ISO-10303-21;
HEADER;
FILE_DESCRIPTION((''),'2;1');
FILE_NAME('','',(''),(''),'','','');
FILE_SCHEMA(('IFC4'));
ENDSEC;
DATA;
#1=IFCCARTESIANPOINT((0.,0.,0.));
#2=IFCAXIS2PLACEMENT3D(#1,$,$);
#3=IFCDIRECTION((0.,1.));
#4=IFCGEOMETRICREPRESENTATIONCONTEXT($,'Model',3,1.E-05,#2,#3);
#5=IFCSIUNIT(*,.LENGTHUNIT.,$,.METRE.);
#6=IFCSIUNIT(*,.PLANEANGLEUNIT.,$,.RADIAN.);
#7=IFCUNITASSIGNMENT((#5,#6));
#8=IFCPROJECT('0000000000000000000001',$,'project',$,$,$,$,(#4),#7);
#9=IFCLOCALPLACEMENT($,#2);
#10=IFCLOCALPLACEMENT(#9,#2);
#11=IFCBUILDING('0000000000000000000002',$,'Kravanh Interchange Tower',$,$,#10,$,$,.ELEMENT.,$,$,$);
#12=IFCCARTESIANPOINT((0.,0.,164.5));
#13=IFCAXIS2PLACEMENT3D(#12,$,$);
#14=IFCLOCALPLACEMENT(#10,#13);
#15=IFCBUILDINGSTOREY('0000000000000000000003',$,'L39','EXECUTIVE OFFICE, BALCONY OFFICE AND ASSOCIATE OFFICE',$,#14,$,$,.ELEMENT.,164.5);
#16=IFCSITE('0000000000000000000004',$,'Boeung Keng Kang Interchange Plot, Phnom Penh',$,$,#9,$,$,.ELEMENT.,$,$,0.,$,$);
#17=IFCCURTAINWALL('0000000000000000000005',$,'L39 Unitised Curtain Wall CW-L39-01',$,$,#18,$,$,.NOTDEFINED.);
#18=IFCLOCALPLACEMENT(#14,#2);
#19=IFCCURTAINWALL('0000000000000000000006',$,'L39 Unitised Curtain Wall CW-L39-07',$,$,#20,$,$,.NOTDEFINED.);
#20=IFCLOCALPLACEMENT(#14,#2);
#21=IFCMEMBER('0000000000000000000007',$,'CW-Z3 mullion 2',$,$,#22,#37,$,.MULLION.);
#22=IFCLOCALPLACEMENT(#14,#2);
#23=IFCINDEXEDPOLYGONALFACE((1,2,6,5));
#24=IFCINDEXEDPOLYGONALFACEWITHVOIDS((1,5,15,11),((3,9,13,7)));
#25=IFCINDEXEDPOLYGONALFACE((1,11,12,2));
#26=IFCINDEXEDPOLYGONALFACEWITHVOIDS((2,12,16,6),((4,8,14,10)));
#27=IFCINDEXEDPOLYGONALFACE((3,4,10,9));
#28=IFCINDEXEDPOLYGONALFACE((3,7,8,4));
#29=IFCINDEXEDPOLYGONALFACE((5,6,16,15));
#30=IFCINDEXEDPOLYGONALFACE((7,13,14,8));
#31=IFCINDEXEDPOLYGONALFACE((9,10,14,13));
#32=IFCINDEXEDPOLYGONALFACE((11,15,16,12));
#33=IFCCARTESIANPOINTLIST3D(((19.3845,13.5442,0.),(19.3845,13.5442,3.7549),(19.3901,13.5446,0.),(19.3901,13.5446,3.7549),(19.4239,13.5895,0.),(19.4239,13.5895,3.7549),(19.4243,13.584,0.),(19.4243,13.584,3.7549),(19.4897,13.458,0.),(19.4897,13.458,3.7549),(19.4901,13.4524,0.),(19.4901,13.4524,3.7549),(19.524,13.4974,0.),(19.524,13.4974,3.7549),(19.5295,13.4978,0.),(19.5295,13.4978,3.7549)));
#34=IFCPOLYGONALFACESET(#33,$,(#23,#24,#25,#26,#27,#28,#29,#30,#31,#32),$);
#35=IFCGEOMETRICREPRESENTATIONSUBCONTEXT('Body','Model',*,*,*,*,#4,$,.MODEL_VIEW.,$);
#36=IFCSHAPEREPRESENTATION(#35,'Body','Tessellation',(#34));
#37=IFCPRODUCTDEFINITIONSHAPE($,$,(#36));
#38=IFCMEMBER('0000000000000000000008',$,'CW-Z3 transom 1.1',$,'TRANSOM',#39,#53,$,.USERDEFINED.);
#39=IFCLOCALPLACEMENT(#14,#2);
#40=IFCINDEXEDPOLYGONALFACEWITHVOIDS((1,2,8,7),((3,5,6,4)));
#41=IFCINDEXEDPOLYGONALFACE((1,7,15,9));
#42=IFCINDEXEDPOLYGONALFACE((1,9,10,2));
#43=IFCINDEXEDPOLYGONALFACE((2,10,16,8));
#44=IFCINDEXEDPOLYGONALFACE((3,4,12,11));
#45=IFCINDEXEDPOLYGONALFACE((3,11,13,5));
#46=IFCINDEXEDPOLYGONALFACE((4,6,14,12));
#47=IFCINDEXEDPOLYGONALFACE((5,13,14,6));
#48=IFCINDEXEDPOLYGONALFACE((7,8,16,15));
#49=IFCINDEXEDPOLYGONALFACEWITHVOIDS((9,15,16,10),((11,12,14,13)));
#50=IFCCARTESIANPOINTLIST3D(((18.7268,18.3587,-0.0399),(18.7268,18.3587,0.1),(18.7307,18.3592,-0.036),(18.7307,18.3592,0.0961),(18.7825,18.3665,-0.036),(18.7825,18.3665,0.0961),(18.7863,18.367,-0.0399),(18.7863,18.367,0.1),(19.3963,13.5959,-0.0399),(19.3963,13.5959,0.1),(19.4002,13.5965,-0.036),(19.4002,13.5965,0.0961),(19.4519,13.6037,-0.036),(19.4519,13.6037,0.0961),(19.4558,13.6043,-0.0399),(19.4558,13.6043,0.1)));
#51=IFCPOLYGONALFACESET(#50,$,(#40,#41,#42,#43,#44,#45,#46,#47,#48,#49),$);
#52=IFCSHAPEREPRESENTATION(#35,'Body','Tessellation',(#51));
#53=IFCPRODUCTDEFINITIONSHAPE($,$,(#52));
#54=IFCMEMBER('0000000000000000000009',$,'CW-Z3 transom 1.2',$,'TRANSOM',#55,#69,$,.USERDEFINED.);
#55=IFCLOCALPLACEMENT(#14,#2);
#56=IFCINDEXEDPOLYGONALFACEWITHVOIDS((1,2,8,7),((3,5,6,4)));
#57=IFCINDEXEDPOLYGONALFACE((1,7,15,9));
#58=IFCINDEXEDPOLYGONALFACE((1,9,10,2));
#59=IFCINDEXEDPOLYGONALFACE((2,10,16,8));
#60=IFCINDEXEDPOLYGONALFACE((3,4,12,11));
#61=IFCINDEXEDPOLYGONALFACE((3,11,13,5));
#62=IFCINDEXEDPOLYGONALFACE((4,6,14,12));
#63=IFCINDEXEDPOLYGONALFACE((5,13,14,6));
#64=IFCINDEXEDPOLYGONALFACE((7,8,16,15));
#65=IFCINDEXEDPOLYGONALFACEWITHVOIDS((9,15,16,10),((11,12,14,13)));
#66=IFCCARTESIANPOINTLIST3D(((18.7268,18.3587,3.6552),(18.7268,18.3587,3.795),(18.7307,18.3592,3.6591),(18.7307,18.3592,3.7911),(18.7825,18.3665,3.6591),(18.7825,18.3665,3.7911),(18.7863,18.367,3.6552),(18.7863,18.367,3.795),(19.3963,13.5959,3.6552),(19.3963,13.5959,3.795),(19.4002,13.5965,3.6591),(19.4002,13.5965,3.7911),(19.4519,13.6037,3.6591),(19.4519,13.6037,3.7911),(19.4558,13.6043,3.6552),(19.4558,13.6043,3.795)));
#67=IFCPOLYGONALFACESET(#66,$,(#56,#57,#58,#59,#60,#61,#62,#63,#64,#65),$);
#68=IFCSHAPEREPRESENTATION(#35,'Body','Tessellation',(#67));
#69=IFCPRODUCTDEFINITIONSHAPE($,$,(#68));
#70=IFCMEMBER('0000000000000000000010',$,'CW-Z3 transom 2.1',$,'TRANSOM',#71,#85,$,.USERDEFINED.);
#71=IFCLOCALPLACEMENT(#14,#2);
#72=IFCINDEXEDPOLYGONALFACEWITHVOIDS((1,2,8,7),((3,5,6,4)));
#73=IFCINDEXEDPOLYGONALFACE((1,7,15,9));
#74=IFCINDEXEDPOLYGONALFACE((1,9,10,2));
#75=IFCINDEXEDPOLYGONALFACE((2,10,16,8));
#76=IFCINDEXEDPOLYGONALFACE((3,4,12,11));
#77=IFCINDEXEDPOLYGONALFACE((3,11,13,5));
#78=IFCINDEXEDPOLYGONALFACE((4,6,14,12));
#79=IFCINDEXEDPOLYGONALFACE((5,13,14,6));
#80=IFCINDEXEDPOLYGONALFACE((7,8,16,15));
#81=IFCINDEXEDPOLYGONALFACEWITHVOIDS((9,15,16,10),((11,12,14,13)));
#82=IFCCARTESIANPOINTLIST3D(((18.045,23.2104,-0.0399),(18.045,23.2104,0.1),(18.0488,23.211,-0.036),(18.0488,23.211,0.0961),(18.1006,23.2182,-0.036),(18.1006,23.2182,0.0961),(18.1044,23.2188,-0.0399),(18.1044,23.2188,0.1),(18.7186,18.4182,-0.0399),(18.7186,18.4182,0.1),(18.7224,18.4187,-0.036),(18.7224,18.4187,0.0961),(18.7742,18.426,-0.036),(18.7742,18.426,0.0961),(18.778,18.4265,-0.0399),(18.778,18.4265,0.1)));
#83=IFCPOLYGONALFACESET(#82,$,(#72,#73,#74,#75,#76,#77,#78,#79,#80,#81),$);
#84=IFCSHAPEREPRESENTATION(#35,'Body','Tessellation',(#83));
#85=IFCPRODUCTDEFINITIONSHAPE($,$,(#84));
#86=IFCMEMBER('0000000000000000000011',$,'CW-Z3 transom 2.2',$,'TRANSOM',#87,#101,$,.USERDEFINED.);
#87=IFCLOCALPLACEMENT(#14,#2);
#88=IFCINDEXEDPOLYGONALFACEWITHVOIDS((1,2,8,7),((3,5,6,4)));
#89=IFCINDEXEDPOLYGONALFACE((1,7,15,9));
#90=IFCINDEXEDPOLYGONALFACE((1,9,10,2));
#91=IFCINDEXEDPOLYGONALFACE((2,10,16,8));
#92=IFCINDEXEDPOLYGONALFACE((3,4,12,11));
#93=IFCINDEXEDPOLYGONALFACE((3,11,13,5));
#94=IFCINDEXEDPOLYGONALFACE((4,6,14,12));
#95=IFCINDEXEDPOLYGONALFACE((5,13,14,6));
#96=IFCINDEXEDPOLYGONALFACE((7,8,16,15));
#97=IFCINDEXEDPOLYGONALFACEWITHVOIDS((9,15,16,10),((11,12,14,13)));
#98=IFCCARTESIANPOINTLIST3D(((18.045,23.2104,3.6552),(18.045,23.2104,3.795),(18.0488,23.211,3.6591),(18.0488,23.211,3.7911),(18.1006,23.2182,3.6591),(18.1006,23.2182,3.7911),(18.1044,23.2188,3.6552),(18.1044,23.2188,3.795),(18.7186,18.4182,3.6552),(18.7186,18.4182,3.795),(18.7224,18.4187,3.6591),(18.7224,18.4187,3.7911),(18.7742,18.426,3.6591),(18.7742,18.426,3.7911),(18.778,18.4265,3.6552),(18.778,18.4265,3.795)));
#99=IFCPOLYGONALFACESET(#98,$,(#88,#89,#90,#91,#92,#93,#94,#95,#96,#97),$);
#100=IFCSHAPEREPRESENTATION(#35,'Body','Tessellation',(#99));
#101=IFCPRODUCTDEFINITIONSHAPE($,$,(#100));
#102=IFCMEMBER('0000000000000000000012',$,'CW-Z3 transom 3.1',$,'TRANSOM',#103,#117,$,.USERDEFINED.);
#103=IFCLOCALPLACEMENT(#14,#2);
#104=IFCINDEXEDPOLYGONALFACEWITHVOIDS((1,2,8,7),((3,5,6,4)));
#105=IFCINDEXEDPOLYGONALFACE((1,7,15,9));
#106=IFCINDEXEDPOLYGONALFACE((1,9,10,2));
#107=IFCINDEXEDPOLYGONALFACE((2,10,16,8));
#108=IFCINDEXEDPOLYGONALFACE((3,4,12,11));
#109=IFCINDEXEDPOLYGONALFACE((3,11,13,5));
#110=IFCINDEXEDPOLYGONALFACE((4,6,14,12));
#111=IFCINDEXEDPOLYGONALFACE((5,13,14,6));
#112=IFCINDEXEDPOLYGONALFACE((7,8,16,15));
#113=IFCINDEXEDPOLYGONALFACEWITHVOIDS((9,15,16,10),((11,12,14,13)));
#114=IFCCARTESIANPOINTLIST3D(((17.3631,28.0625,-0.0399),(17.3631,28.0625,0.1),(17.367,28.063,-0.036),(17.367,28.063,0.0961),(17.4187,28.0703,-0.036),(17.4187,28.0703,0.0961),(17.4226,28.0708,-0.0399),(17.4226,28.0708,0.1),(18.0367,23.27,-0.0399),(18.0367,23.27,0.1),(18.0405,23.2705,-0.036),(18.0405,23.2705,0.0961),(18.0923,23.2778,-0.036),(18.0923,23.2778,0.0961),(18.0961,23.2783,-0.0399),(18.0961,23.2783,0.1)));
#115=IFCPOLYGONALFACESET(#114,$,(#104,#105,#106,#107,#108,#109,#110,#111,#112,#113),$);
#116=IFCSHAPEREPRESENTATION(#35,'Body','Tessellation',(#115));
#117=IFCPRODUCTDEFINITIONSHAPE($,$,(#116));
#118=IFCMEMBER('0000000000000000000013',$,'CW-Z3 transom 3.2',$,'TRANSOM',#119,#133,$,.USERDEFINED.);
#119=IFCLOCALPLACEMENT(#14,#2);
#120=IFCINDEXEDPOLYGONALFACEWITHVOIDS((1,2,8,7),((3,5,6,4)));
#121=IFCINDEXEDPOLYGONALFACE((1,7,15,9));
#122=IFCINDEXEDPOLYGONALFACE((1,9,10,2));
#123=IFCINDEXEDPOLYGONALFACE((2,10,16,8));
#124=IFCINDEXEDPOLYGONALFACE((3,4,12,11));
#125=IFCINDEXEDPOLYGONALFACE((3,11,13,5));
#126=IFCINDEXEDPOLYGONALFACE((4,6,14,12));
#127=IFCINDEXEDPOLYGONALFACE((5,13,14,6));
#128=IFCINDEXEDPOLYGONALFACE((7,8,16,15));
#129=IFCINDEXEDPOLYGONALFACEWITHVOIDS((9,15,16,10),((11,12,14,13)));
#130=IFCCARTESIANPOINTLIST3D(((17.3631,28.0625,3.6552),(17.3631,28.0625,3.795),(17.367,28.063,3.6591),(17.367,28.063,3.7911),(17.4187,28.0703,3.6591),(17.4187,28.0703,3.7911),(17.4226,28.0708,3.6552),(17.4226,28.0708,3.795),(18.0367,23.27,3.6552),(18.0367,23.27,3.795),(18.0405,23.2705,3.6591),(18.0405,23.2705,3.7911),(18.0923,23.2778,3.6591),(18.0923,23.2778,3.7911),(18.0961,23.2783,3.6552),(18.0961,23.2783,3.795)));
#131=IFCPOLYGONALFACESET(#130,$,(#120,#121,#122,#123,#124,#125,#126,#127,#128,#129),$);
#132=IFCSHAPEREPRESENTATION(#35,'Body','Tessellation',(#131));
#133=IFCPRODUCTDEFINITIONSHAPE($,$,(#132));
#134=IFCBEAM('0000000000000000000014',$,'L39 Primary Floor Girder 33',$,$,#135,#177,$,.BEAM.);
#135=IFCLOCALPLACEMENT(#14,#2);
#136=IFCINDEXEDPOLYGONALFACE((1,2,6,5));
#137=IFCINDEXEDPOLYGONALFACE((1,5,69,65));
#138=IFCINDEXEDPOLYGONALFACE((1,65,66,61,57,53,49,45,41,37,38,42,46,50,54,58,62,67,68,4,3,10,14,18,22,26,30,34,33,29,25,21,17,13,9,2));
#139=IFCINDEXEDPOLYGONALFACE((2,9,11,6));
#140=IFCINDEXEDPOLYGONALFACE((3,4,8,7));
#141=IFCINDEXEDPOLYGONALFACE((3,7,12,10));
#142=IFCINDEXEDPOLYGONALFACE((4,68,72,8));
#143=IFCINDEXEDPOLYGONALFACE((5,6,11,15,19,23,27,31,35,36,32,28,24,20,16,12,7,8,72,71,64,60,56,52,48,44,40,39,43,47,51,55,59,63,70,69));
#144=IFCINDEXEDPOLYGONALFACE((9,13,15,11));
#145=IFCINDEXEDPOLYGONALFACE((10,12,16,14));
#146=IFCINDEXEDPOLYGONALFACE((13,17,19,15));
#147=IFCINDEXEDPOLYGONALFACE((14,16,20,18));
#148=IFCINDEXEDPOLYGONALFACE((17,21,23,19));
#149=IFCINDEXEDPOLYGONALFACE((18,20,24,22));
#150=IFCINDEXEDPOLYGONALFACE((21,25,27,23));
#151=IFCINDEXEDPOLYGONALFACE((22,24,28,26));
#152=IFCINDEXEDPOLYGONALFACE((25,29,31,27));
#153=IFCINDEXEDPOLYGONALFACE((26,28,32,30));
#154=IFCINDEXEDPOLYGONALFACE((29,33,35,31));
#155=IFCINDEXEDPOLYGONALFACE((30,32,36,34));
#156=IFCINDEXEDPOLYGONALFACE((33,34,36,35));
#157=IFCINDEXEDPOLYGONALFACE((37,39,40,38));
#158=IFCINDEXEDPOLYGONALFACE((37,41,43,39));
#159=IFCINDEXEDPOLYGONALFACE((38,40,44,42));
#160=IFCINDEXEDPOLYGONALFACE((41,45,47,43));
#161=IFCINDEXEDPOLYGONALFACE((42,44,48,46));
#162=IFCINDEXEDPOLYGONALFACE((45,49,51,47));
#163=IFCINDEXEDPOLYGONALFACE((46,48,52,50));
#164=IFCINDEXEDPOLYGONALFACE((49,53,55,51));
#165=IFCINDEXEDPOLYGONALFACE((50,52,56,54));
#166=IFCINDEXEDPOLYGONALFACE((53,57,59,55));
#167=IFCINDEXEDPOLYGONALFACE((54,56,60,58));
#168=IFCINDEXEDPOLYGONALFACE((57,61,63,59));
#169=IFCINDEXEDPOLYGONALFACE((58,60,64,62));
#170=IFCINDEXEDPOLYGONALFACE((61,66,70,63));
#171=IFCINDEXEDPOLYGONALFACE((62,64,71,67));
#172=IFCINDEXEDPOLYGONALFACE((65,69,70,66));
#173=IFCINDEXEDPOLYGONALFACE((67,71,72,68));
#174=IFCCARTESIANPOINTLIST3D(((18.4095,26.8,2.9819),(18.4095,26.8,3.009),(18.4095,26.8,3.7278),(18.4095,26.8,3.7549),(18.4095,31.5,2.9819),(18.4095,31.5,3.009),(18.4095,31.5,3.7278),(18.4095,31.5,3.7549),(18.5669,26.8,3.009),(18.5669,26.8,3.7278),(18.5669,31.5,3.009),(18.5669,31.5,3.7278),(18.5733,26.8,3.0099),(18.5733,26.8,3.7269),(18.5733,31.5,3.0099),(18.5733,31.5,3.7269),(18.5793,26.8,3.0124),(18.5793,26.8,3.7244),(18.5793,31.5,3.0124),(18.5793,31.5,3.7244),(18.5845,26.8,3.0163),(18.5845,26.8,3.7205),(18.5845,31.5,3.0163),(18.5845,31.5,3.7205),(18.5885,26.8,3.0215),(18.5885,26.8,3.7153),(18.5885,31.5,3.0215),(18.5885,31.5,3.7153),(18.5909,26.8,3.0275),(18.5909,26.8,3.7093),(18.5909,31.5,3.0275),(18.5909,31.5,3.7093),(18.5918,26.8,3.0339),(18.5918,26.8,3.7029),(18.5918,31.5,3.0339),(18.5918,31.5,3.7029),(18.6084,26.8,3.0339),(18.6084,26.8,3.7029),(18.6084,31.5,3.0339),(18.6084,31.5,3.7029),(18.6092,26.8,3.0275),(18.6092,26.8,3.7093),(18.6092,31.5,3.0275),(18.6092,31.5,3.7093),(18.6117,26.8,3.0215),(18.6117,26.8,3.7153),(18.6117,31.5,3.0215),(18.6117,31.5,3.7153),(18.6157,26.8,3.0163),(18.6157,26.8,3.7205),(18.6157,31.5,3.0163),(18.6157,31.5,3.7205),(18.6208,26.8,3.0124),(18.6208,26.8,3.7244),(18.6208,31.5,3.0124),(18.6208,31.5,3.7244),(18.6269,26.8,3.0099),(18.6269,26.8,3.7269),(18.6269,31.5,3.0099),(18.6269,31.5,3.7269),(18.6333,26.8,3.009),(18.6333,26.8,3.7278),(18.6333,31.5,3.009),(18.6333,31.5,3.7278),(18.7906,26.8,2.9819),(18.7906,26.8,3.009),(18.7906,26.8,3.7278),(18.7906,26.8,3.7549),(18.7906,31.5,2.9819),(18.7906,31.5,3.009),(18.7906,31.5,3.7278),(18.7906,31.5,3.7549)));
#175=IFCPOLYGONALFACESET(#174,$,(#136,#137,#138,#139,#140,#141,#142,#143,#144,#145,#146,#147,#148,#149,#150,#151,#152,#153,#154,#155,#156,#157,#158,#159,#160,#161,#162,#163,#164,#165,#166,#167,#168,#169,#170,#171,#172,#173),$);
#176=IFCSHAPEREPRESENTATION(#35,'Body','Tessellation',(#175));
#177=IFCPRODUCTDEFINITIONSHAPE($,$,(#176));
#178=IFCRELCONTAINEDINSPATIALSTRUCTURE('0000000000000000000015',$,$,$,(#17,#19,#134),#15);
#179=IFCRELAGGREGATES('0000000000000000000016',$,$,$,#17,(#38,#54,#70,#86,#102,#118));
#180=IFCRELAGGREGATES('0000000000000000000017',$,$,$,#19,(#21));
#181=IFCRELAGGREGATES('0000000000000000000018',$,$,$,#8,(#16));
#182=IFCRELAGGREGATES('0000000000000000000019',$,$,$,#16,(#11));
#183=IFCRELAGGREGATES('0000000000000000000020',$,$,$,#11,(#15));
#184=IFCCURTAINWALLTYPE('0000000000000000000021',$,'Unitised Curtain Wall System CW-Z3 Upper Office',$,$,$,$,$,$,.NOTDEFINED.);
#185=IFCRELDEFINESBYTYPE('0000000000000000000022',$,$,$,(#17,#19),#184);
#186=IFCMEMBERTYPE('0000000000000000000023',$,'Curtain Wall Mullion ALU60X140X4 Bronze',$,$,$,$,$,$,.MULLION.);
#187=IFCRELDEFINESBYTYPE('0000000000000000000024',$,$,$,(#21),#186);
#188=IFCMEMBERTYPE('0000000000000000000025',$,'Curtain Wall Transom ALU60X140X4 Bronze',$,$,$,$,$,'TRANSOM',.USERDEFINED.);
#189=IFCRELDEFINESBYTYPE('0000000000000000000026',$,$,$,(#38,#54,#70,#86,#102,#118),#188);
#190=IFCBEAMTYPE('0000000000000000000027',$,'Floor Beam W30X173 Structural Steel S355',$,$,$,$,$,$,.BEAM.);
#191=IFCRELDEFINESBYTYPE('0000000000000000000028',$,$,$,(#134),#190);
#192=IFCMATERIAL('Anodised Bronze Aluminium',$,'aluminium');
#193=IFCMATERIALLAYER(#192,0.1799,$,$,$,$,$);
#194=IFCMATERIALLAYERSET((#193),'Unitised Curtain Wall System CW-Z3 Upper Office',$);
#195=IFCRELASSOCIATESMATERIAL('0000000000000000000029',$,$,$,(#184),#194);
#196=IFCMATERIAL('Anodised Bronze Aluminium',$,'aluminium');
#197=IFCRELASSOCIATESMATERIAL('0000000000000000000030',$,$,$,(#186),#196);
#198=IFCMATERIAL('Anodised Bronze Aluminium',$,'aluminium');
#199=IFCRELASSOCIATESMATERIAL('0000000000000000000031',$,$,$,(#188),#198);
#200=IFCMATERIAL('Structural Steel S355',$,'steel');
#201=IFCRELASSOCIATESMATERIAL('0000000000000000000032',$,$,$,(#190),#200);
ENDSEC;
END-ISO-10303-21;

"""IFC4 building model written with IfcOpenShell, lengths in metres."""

from ifc_helpers import new_model, si_unit, direction, frame, origin, origin_2d, place, context, subcontext, project, spatial, hollow_rectangle, i_section, extrude, material, layer, layer_set, material_profile, profile_set, type_object, element, aggregate, save


model = new_model("IFC4")

# Units and contexts
model_context = context("Model", 3, precision=1e-05, world=origin(), true_north=direction((0.0, 1.0)))
body_context = subcontext(model_context, "Body", "Model", "MODEL_VIEW")
ifc_project = project(units=[si_unit("LENGTHUNIT", "METRE"), si_unit("PLANEANGLEUNIT", "RADIAN")], contexts=[model_context])

# Site, building, storey
site_placement = place(None, origin())
site = spatial("IfcSite", under=ifc_project, at=site_placement, Name="Boeung Keng Kang Interchange Plot, Phnom Penh", CompositionType="ELEMENT", RefElevation=0.0)
building_placement = place(site_placement, origin())
building = spatial("IfcBuilding", under=site, at=building_placement, Name="Kravanh Interchange Tower", CompositionType="ELEMENT")
storey_placement = place(building_placement, frame((0.0, 0.0, 164.5)))
storey = spatial("IfcBuildingStorey", under=building, at=storey_placement, Name="L39", Description="EXECUTIVE OFFICE, BALCONY OFFICE AND ASSOCIATE OFFICE", CompositionType="ELEMENT", Elevation=164.5)

# Curtain wall
ifc_material_1 = material(Name="Anodised Bronze Aluminium", Category="aluminium")
ifc_layer_1 = layer(ifc_material_1, 0.1799)
ifc_layer_set_1 = layer_set([ifc_layer_1], Name="Unitised Curtain Wall System CW-Z3 Upper Office")
curtain_wall_type = type_object("IfcCurtainWallType", Name="Unitised Curtain Wall System CW-Z3 Upper Office", PredefinedType="NOTDEFINED", material=ifc_layer_set_1)
curtain_wall_1_placement = place(storey_placement, origin())
curtain_wall_1 = element("IfcCurtainWall", 1, at=curtain_wall_1_placement, inside=storey, type_object=curtain_wall_type, Name="L39 Unitised Curtain Wall CW-L39-01", PredefinedType="NOTDEFINED")
ifc_material_2 = material(Name="Anodised Bronze Aluminium", Category="aluminium")
ifc_material_profile_1 = material_profile(ifc_material_2, hollow_rectangle(XDim=0.0601, YDim=0.1399, WallThickness=0.0039, at=origin_2d()), Name="ALU60X140X4")
ifc_profile_set_1 = profile_set([ifc_material_profile_1], Name="Anodised Bronze Aluminium")
member_type_1 = type_object("IfcMemberType", Name="Curtain Wall Mullion ALU60X140X4 Bronze", PredefinedType="MULLION", material=ifc_profile_set_1)

# Curtain wall, member
curtain_wall_2_placement = place(storey_placement, origin())
curtain_wall_2 = element("IfcCurtainWall", 2, at=curtain_wall_2_placement, inside=storey, type_object=curtain_wall_type, Name="L39 Unitised Curtain Wall CW-L39-07", PredefinedType="NOTDEFINED")
member_1_placement = place(storey_placement, frame((19.457, 13.521, 0.0), z_axis=(0.0, 0.0, 1.0), x_axis=(-0.656051, -0.754717, 0.0)))
member_1 = element("IfcMember", 3, at=member_1_placement, type_object=member_type_1, Name="CW-Z3 mullion 2", PredefinedType="MULLION", context=body_context, shape_type="SweptSolid", body=[
    extrude(hollow_rectangle(XDim=0.0601, YDim=0.1399, WallThickness=0.0039, at=origin_2d()), origin(), (0.0, 0.0, 1.0), 3.7549),
])

# Members
ifc_material_3 = material(Name="Anodised Bronze Aluminium", Category="aluminium")
ifc_material_profile_2 = material_profile(ifc_material_3, hollow_rectangle(XDim=0.0601, YDim=0.1399, WallThickness=0.0039, at=origin_2d()), Name="ALU60X140X4")
ifc_profile_set_2 = profile_set([ifc_material_profile_2], Name="Anodised Bronze Aluminium")
member_type_2 = type_object("IfcMemberType", Name="Curtain Wall Transom ALU60X140X4 Bronze", ElementType="TRANSOM", PredefinedType="USERDEFINED", material=ifc_profile_set_2)
member_2_placement = place(storey_placement, frame((19.426, 13.6001, 0.03), z_axis=(-0.139189, 0.990266, 0.0), x_axis=(-0.990266, -0.139189, 0.0)))
member_2 = element("IfcMember", 4, at=member_2_placement, type_object=member_type_2, Name="CW-Z3 transom 1.1", ObjectType="TRANSOM", PredefinedType="USERDEFINED", context=body_context, shape_type="SweptSolid", body=[
    extrude(hollow_rectangle(XDim=0.0601, YDim=0.1399, WallThickness=0.0039, at=origin_2d()), origin(), (0.0, 0.0, 1.0), 4.8096),
])
member_3_placement = place(storey_placement, frame((19.426, 13.6001, 3.7251), z_axis=(-0.139189, 0.990266, 0.0), x_axis=(-0.990266, -0.139189, 0.0)))
member_3 = element("IfcMember", 5, at=member_3_placement, type_object=member_type_2, Name="CW-Z3 transom 1.2", ObjectType="TRANSOM", PredefinedType="USERDEFINED", context=body_context, shape_type="SweptSolid", body=[
    extrude(hollow_rectangle(XDim=0.0601, YDim=0.1399, WallThickness=0.0039, at=origin_2d()), origin(), (0.0, 0.0, 1.0), 4.8096),
])
member_4_placement = place(storey_placement, frame((18.7483, 18.4224, 0.03), z_axis=(-0.139189, 0.990266, 0.0), x_axis=(-0.990266, -0.139189, 0.0)))
member_4 = element("IfcMember", 6, at=member_4_placement, type_object=member_type_2, Name="CW-Z3 transom 2.1", ObjectType="TRANSOM", PredefinedType="USERDEFINED", context=body_context, shape_type="SweptSolid", body=[
    extrude(hollow_rectangle(XDim=0.0601, YDim=0.1399, WallThickness=0.0039, at=origin_2d()), origin(), (0.0, 0.0, 1.0), 4.8394),
])
member_5_placement = place(storey_placement, frame((18.7483, 18.4224, 3.7251), z_axis=(-0.139189, 0.990266, 0.0), x_axis=(-0.990266, -0.139189, 0.0)))
member_5 = element("IfcMember", 7, at=member_5_placement, type_object=member_type_2, Name="CW-Z3 transom 2.2", ObjectType="TRANSOM", PredefinedType="USERDEFINED", context=body_context, shape_type="SweptSolid", body=[
    extrude(hollow_rectangle(XDim=0.0601, YDim=0.1399, WallThickness=0.0039, at=origin_2d()), origin(), (0.0, 0.0, 1.0), 4.8394),
])
member_6_placement = place(storey_placement, frame((18.0664, 23.2742, 0.03), z_axis=(-0.139182, 0.990267, 0.0), x_axis=(-0.990267, -0.139182, 0.0)))
member_6 = element("IfcMember", 8, at=member_6_placement, type_object=member_type_2, Name="CW-Z3 transom 3.1", ObjectType="TRANSOM", PredefinedType="USERDEFINED", context=body_context, shape_type="SweptSolid", body=[
    extrude(hollow_rectangle(XDim=0.0601, YDim=0.1399, WallThickness=0.0039, at=origin_2d()), origin(), (0.0, 0.0, 1.0), 4.8396),
])
member_7_placement = place(storey_placement, frame((18.0664, 23.2742, 3.7251), z_axis=(-0.139182, 0.990267, 0.0), x_axis=(-0.990267, -0.139182, 0.0)))
member_7 = element("IfcMember", 9, at=member_7_placement, type_object=member_type_2, Name="CW-Z3 transom 3.2", ObjectType="TRANSOM", PredefinedType="USERDEFINED", context=body_context, shape_type="SweptSolid", body=[
    extrude(hollow_rectangle(XDim=0.0601, YDim=0.1399, WallThickness=0.0039, at=origin_2d()), origin(), (0.0, 0.0, 1.0), 4.8396),
])

# Beam
ifc_material_4 = material(Name="Structural Steel S355", Category="steel")
ifc_material_profile_3 = material_profile(ifc_material_4, i_section(OverallWidth=0.3811, OverallDepth=0.7729, WebThickness=0.0166, FlangeThickness=0.0271, FilletRadius=0.0249, at=origin_2d()), Name="W30X173")
ifc_profile_set_3 = profile_set([ifc_material_profile_3], Name="Structural Steel S355")
beam_type_1 = type_object("IfcBeamType", Name="Floor Beam W30X173 Structural Steel S355", PredefinedType="BEAM", material=ifc_profile_set_3)
beam_1_placement = place(storey_placement, frame((18.6001, 26.8, 3.3684), z_axis=(0.0, 1.0, 0.0), x_axis=(-1.0, 0.0, 0.0)))
element("IfcBeam", 10, at=beam_1_placement, inside=storey, type_object=beam_type_1, Name="L39 Primary Floor Girder 33", PredefinedType="BEAM", context=body_context, shape_type="SweptSolid", body=[
    extrude(i_section(OverallWidth=0.3811, OverallDepth=0.7729, WebThickness=0.0166, FlangeThickness=0.0271, FilletRadius=0.0249, at=origin_2d()), origin(), (0.0, 0.0, 1.0), 4.7),
])

aggregate(curtain_wall_1, [member_2, member_3, member_4, member_5, member_6, member_7])
aggregate(curtain_wall_2, [member_1])

save(model, "model.ifc")
